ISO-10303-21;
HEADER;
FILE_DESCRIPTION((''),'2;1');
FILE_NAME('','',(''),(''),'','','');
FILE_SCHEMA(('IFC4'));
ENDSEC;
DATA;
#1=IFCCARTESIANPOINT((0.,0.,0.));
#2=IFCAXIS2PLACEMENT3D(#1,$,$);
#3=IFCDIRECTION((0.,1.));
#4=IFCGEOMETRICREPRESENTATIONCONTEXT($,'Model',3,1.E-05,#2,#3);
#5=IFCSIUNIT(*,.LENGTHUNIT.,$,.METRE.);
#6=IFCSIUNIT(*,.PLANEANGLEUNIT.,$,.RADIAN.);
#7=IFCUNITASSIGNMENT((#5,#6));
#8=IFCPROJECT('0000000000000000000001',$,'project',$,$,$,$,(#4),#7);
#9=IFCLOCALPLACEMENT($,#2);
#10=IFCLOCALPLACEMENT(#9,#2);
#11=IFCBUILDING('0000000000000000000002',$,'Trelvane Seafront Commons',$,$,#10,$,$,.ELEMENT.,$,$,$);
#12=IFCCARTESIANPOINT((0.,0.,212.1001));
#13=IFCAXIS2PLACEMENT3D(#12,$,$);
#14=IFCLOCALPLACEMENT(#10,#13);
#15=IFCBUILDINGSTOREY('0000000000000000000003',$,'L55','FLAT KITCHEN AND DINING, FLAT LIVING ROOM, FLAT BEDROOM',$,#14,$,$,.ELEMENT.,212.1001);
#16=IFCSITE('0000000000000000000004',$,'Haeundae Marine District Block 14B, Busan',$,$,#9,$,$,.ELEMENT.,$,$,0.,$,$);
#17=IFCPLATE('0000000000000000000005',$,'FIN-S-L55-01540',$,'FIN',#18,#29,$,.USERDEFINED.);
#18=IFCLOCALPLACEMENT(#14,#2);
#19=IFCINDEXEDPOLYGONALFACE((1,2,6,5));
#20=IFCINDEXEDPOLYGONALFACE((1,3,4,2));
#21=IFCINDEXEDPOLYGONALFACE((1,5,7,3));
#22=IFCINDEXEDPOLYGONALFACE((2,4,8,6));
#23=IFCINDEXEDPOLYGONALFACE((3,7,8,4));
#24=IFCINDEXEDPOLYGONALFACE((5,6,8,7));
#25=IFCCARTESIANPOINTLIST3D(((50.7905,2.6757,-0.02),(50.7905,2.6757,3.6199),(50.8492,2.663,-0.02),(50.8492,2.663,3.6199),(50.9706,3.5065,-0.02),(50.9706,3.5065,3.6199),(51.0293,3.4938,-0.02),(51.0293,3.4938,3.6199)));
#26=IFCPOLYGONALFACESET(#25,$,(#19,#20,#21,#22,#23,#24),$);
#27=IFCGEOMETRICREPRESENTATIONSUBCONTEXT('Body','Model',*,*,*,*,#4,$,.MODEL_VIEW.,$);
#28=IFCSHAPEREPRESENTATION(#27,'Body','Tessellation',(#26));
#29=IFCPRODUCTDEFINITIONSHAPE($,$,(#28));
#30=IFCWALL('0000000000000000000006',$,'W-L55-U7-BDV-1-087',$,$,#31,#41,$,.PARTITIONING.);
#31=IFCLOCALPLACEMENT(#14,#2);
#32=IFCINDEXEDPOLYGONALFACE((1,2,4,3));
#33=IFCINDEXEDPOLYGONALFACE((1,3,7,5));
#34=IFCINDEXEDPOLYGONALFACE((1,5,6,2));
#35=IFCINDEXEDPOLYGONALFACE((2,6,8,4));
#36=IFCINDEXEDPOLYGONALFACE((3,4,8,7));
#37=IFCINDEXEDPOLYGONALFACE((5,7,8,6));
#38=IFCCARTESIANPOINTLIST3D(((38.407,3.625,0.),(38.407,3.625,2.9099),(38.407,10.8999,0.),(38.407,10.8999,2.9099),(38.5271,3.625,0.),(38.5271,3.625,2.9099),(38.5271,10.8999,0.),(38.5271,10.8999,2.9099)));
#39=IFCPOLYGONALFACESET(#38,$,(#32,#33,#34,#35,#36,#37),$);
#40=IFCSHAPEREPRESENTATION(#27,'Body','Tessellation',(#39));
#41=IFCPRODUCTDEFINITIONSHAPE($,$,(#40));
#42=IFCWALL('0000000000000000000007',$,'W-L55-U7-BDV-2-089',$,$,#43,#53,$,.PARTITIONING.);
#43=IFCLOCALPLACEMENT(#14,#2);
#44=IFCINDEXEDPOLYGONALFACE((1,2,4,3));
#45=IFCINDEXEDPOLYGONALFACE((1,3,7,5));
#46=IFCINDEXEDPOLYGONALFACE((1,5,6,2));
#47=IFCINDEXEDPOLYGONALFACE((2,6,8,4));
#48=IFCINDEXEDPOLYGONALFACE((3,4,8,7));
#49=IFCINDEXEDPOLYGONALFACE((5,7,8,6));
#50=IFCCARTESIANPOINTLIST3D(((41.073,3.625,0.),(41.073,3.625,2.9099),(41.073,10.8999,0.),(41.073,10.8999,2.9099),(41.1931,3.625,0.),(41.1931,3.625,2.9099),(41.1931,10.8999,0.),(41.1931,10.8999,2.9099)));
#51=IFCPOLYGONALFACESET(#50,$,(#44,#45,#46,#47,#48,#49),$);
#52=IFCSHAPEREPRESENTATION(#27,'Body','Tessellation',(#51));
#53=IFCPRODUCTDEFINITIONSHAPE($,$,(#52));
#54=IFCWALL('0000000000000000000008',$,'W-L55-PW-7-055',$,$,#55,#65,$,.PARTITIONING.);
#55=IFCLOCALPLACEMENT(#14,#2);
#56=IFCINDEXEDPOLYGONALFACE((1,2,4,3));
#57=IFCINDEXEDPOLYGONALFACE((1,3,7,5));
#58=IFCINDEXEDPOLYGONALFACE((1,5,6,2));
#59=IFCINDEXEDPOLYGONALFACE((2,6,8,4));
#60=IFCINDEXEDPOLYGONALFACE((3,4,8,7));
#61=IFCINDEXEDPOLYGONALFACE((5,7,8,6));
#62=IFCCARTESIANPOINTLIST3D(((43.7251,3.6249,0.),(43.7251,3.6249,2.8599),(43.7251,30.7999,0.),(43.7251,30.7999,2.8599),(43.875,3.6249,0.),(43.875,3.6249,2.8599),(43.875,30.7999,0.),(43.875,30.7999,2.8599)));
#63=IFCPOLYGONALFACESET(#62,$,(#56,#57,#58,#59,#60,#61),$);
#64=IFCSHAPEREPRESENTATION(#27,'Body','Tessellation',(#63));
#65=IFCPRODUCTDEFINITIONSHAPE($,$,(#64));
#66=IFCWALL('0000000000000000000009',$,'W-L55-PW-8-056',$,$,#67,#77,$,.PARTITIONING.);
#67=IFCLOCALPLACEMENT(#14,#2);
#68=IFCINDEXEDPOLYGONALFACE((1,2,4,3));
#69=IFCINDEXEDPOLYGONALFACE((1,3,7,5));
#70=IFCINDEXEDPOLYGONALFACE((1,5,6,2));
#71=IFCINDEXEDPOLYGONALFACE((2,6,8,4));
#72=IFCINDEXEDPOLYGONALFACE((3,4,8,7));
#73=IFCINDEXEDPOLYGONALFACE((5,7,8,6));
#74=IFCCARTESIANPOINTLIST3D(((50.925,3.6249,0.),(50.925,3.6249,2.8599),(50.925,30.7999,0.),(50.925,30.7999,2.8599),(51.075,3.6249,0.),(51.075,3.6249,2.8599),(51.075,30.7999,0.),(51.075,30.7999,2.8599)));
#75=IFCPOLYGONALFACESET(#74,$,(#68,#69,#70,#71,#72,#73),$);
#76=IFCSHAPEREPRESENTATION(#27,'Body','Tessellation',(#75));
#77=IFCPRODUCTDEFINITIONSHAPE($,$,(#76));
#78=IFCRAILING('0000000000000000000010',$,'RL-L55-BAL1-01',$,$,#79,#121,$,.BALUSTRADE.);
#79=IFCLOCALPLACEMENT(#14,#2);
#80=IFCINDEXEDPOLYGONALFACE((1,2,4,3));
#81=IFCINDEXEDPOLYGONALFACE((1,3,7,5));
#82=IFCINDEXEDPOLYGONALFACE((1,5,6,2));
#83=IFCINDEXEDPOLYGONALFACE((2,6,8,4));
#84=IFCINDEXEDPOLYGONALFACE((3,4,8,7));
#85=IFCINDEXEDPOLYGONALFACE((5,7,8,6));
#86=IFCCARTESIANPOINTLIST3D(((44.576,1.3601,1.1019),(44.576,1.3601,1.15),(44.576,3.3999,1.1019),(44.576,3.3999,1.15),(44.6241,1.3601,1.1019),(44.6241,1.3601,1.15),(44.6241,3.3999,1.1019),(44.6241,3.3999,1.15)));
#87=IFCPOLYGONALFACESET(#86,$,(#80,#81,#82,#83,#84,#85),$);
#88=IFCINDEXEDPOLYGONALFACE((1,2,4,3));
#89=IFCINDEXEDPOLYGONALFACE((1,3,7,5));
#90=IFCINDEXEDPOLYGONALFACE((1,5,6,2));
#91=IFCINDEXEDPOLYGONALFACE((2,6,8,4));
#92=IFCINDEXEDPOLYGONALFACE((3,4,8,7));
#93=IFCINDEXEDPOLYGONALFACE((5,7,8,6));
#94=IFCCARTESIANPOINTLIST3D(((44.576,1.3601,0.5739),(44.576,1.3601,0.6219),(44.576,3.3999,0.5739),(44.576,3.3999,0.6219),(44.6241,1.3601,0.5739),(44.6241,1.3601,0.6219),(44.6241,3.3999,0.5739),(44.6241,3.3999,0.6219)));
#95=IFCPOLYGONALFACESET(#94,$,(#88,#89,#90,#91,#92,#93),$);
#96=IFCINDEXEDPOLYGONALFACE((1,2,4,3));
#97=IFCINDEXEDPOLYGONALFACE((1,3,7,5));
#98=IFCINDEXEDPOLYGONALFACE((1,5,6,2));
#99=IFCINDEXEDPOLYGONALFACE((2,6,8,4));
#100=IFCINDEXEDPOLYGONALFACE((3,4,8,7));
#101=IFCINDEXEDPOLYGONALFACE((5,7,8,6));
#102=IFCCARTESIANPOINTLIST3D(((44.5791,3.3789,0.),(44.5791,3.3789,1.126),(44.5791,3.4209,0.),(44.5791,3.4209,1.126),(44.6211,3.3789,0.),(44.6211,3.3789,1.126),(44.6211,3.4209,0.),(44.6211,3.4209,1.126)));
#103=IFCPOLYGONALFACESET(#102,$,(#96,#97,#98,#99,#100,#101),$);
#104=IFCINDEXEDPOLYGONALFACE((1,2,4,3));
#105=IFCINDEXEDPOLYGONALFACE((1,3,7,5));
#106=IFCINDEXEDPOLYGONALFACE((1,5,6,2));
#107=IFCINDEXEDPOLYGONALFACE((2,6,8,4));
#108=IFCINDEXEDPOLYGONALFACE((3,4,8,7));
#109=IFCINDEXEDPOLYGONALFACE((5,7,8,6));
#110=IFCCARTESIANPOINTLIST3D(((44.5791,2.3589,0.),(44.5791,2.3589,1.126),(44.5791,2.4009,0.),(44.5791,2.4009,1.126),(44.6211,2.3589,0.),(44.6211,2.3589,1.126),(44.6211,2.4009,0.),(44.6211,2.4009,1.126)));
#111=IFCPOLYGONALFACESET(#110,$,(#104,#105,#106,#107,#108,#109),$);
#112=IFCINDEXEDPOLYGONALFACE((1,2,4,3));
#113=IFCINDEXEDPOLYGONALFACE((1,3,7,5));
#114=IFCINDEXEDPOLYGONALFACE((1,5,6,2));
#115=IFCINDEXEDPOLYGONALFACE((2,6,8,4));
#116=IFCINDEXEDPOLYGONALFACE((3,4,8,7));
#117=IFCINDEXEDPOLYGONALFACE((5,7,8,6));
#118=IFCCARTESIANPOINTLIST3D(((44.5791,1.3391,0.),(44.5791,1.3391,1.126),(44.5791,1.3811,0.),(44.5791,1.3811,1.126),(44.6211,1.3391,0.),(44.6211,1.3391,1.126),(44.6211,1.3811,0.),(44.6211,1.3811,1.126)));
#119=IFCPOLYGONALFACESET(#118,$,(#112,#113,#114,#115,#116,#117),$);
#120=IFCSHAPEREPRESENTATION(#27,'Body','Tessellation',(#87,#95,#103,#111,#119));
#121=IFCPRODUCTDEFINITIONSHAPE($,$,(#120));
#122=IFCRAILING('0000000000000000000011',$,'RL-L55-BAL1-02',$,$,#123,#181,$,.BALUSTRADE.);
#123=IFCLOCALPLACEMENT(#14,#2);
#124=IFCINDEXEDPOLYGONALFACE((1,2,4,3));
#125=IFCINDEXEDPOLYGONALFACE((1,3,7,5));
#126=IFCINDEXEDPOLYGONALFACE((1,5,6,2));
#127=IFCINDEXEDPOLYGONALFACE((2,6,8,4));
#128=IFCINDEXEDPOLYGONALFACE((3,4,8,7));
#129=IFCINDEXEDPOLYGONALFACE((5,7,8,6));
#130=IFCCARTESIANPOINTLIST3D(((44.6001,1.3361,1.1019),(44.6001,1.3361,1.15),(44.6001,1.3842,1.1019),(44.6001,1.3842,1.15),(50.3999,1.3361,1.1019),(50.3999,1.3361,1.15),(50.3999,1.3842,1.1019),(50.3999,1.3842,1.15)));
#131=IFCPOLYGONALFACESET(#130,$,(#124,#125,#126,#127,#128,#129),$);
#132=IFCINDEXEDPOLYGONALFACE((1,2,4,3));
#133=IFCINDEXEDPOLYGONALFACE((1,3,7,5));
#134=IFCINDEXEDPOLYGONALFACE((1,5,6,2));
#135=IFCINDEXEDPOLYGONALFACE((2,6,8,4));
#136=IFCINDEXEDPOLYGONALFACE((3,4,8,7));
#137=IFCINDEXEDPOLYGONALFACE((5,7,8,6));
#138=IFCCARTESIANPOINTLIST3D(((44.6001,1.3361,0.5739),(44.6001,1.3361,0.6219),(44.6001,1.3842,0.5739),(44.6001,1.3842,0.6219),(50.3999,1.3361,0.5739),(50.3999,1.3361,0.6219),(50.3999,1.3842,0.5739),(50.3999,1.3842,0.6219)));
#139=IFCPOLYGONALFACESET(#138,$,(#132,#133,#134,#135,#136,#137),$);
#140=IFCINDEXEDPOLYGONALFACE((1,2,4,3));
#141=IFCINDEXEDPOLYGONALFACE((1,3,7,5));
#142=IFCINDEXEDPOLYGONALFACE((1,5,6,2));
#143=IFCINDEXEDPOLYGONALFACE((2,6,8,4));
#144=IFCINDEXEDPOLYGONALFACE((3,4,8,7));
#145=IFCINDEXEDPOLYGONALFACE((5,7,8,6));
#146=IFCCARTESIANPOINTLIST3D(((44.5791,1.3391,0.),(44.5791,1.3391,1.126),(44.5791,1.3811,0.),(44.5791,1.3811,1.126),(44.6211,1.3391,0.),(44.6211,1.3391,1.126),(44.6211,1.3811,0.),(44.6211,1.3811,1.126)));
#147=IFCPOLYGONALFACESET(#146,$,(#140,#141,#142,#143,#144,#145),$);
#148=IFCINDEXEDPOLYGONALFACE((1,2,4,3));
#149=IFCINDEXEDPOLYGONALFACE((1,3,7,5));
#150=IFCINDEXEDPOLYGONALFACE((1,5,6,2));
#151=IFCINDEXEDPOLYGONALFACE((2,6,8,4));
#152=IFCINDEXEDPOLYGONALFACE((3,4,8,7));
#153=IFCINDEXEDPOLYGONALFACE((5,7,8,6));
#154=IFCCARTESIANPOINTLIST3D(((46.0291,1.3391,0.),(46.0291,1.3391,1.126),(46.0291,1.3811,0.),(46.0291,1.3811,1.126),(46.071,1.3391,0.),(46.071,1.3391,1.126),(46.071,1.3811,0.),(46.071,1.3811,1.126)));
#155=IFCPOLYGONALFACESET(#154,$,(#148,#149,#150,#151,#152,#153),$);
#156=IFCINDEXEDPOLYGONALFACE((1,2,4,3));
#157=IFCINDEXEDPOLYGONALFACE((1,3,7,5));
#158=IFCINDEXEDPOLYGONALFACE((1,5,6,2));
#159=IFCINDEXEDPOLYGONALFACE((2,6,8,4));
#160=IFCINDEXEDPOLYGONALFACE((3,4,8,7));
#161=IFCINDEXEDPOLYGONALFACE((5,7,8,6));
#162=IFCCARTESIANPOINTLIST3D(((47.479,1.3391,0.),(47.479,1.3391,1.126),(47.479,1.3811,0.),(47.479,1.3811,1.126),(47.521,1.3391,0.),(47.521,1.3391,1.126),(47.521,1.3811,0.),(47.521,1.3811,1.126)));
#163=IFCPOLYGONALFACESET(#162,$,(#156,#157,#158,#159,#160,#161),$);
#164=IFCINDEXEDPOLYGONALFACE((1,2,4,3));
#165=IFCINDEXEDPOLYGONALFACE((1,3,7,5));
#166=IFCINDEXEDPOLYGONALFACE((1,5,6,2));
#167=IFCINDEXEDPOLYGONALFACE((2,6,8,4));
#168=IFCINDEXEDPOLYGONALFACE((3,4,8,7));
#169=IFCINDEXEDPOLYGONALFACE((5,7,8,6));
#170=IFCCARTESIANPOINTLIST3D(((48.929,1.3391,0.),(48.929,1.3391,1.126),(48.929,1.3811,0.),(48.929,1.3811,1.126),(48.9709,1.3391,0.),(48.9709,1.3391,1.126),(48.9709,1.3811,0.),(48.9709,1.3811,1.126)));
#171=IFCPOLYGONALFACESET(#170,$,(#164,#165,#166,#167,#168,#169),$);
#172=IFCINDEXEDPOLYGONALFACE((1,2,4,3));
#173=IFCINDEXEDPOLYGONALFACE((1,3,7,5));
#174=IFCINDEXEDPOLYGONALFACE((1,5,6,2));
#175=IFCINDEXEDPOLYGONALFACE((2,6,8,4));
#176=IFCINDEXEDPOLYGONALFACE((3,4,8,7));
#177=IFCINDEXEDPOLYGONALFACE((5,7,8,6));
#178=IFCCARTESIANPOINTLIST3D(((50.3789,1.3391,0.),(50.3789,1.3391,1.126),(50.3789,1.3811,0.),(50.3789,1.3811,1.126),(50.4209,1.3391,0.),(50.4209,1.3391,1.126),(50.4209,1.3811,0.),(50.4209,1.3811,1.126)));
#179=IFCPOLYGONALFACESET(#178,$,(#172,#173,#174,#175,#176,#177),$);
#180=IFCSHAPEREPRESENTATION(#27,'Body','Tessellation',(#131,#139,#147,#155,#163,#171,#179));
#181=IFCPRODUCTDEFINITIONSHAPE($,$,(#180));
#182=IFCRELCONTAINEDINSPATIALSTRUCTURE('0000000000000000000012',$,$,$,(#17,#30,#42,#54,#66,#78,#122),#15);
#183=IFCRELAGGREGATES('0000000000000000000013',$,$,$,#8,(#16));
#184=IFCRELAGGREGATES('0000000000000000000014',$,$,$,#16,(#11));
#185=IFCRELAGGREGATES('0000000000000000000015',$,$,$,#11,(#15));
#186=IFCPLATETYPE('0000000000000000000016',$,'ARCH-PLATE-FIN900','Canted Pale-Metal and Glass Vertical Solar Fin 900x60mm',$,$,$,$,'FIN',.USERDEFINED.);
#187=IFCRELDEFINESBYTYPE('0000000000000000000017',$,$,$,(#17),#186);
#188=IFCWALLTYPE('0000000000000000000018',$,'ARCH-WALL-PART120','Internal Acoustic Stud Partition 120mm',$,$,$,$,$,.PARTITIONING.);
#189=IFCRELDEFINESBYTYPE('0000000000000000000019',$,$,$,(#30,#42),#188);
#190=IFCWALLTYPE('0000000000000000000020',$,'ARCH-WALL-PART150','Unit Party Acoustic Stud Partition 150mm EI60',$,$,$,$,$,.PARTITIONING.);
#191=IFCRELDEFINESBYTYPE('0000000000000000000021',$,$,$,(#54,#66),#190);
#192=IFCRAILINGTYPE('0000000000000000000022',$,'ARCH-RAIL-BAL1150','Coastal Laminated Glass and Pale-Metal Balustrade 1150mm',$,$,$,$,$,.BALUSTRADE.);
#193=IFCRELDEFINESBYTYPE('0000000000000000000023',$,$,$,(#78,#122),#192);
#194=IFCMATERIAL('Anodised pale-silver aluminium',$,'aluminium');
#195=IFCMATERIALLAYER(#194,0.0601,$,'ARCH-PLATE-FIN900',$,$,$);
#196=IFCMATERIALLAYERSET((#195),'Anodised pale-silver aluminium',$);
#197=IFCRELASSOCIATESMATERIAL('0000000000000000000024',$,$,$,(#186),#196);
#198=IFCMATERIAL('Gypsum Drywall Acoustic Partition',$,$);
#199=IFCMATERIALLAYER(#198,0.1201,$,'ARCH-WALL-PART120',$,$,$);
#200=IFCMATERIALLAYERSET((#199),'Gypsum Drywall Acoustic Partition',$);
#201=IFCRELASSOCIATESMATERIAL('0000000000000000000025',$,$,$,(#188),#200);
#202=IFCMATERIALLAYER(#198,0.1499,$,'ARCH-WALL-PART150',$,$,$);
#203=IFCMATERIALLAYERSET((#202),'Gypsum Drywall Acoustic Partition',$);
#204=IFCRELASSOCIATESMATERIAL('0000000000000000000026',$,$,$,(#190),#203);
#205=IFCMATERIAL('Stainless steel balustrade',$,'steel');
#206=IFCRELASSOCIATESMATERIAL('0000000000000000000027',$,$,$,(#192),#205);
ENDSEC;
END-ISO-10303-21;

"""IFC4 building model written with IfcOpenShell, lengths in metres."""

from ifc_helpers import new_model, si_unit, direction, frame, frame_2d, origin, origin_2d, place, context, subcontext, project, spatial, rectangle, extrude, source, transform, mapped, material, layer, layer_set, type_object, element, save


model = new_model("IFC4")

# Units and contexts
model_context = context("Model", 3, precision=1e-05, world=origin(), true_north=direction((0.0, 1.0)))
body_context = subcontext(model_context, "Body", "Model", "MODEL_VIEW")
ifc_project = project(units=[si_unit("LENGTHUNIT", "METRE"), si_unit("PLANEANGLEUNIT", "RADIAN")], contexts=[model_context])

# Site, building, storey
site_placement = place(None, origin())
site = spatial("IfcSite", under=ifc_project, at=site_placement, Name="Haeundae Marine District Block 14B, Busan", CompositionType="ELEMENT", RefElevation=0.0)
building_placement = place(site_placement, origin())
building = spatial("IfcBuilding", under=site, at=building_placement, Name="Trelvane Seafront Commons", CompositionType="ELEMENT")
storey_placement = place(building_placement, frame((0.0, 0.0, 212.1001)))
storey = spatial("IfcBuildingStorey", under=building, at=storey_placement, Name="L55", Description="FLAT KITCHEN AND DINING, FLAT LIVING ROOM, FLAT BEDROOM", CompositionType="ELEMENT", Elevation=212.1001)

# Plate
ifc_material_1 = material(Name="Anodised pale-silver aluminium", Category="aluminium")
ifc_layer_1 = layer(ifc_material_1, 0.0601, Name="ARCH-PLATE-FIN900")
ifc_layer_set_1 = layer_set([ifc_layer_1], Name="Anodised pale-silver aluminium")
plate_type_1 = type_object("IfcPlateType", Name="ARCH-PLATE-FIN900", Description="Canted Pale-Metal and Glass Vertical Solar Fin 900x60mm", ElementType="FIN", PredefinedType="USERDEFINED", material=ifc_layer_set_1)
shared_shape_1 = source(origin(), body_context, "Body", "SweptSolid", [
    extrude(rectangle(XDim=0.8501, YDim=0.0601, at=origin_2d()), origin(), (0.0, 0.0, 1.0), 3.6399),
])
for number, where, z_axis, x_axis, name in (
    (1, (50.9099, 3.0847, -0.02), (0.0, 0.0, 1.0), (-0.211883, -0.977295, 0.0), "FIN-S-L55-01540"),
):
    element("IfcPlate", number, at=place(storey_placement, frame(where, z_axis=z_axis, x_axis=x_axis)), inside=storey, type_object=plate_type_1, Name=name, ObjectType="FIN", PredefinedType="USERDEFINED", context=body_context, shape_type="MappedRepresentation", body=[
        mapped(shared_shape_1, transform((0.0, 0.0, 0.0), x_axis=(1.0, 0.0, 0.0), y_axis=(0.0, 1.0, 0.0), z_axis=(0.0, 0.0, 1.0), scale=1.0)),
    ])

# Shared definitions
ifc_material_2 = material(Name="Gypsum Drywall Acoustic Partition")
ifc_layer_2 = layer(ifc_material_2, 0.1201, Name="ARCH-WALL-PART120")
ifc_layer_set_2 = layer_set([ifc_layer_2], Name="Gypsum Drywall Acoustic Partition")
wall_type_1 = type_object("IfcWallType", Name="ARCH-WALL-PART120", Description="Internal Acoustic Stud Partition 120mm", PredefinedType="PARTITIONING", material=ifc_layer_set_2)

# Wall
wall_1_placement = place(storey_placement, frame((38.467, 3.625, 0.0), z_axis=(0.0, 0.0, 1.0), x_axis=(0.0, 1.0, 0.0)))
element("IfcWall", 2, at=wall_1_placement, inside=storey, type_object=wall_type_1, Name="W-L55-U7-BDV-1-087", PredefinedType="PARTITIONING", context=body_context, shape_type="SweptSolid", body=[
    extrude(rectangle(XDim=7.2749, YDim=0.1201, at=frame_2d((3.6375, 0.0))), origin(), (0.0, 0.0, 1.0), 2.9099),
])

# Walls
wall_2_placement = place(storey_placement, frame((41.1331, 3.625, 0.0), z_axis=(0.0, 0.0, 1.0), x_axis=(0.0, 1.0, 0.0)))
element("IfcWall", 3, at=wall_2_placement, inside=storey, type_object=wall_type_1, Name="W-L55-U7-BDV-2-089", PredefinedType="PARTITIONING", context=body_context, shape_type="SweptSolid", body=[
    extrude(rectangle(XDim=7.2749, YDim=0.1201, at=frame_2d((3.6375, 0.0))), origin(), (0.0, 0.0, 1.0), 2.9099),
])
ifc_layer_3 = layer(ifc_material_2, 0.1499, Name="ARCH-WALL-PART150")
ifc_layer_set_3 = layer_set([ifc_layer_3], Name="Gypsum Drywall Acoustic Partition")
wall_type_2 = type_object("IfcWallType", Name="ARCH-WALL-PART150", Description="Unit Party Acoustic Stud Partition 150mm EI60", PredefinedType="PARTITIONING", material=ifc_layer_set_3)
for number, where, z_axis, x_axis, name in (
    (4, (43.8, 3.625, 0.0), (0.0, 0.0, 1.0), (0.0, 1.0, 0.0), "W-L55-PW-7-055"),
    (5, (51.0, 3.625, 0.0), (0.0, 0.0, 1.0), (0.0, 1.0, 0.0), "W-L55-PW-8-056"),
):
    element("IfcWall", number, at=place(storey_placement, frame(where, z_axis=z_axis, x_axis=x_axis)), inside=storey, type_object=wall_type_2, Name=name, PredefinedType="PARTITIONING", context=body_context, shape_type="SweptSolid", body=[
        extrude(rectangle(XDim=27.175, YDim=0.1499, at=frame_2d((13.5874, 0.0))), origin(), (0.0, 0.0, 1.0), 2.8599),
    ])

# Railings
ifc_material_3 = material(Name="Stainless steel balustrade", Category="steel")
railing_type = type_object("IfcRailingType", Name="ARCH-RAIL-BAL1150", Description="Coastal Laminated Glass and Pale-Metal Balustrade 1150mm", PredefinedType="BALUSTRADE", material=ifc_material_3)
railing_1_placement = place(storey_placement, frame((44.6001, 3.3999, 0.0)))
element("IfcRailing", 6, at=railing_1_placement, inside=storey, type_object=railing_type, Name="RL-L55-BAL1-01", PredefinedType="BALUSTRADE", context=body_context, shape_type="SweptSolid", body=[
    extrude(rectangle(XDim=0.0481, YDim=0.0481, at=origin_2d()), frame((0.0, 0.0, 1.126), z_axis=(0.0, -1.0, 0.0), x_axis=(1.0, 0.0, 0.0)), (0.0, 0.0, 1.0), 2.0398),
    extrude(rectangle(XDim=0.0481, YDim=0.0481, at=origin_2d()), frame((0.0, 0.0, 0.5979), z_axis=(0.0, -1.0, 0.0), x_axis=(1.0, 0.0, 0.0)), (0.0, 0.0, 1.0), 2.0398),
    extrude(rectangle(XDim=0.042, YDim=0.042, at=origin_2d()), origin(), (0.0, 0.0, 1.0), 1.126),
    extrude(rectangle(XDim=0.042, YDim=0.042, at=origin_2d()), frame((0.0, -1.02, 0.0)), (0.0, 0.0, 1.0), 1.126),
    extrude(rectangle(XDim=0.042, YDim=0.042, at=origin_2d()), frame((0.0, -2.0398, 0.0)), (0.0, 0.0, 1.0), 1.126),
])
railing_2_placement = place(storey_placement, frame((44.6001, 1.3601, 0.0)))
element("IfcRailing", 7, at=railing_2_placement, inside=storey, type_object=railing_type, Name="RL-L55-BAL1-02", PredefinedType="BALUSTRADE", context=body_context, shape_type="SweptSolid", body=[
    extrude(rectangle(XDim=0.0481, YDim=0.0481, at=origin_2d()), frame((0.0, 0.0, 1.126), z_axis=(1.0, 0.0, 0.0), x_axis=(0.0, 1.0, 0.0)), (0.0, 0.0, 1.0), 5.7998),
    extrude(rectangle(XDim=0.0481, YDim=0.0481, at=origin_2d()), frame((0.0, 0.0, 0.5979), z_axis=(1.0, 0.0, 0.0), x_axis=(0.0, 1.0, 0.0)), (0.0, 0.0, 1.0), 5.7998),
    extrude(rectangle(XDim=0.042, YDim=0.042, at=origin_2d()), origin(), (0.0, 0.0, 1.0), 1.126),
    extrude(rectangle(XDim=0.042, YDim=0.042, at=origin_2d()), frame((1.45, 0.0, 0.0)), (0.0, 0.0, 1.0), 1.126),
    extrude(rectangle(XDim=0.042, YDim=0.042, at=origin_2d()), frame((2.8999, 0.0, 0.0)), (0.0, 0.0, 1.0), 1.126),
    extrude(rectangle(XDim=0.042, YDim=0.042, at=origin_2d()), frame((4.3499, 0.0, 0.0)), (0.0, 0.0, 1.0), 1.126),
    extrude(rectangle(XDim=0.042, YDim=0.042, at=origin_2d()), frame((5.7998, 0.0, 0.0)), (0.0, 0.0, 1.0), 1.126),
])

save(model, "model.ifc")
